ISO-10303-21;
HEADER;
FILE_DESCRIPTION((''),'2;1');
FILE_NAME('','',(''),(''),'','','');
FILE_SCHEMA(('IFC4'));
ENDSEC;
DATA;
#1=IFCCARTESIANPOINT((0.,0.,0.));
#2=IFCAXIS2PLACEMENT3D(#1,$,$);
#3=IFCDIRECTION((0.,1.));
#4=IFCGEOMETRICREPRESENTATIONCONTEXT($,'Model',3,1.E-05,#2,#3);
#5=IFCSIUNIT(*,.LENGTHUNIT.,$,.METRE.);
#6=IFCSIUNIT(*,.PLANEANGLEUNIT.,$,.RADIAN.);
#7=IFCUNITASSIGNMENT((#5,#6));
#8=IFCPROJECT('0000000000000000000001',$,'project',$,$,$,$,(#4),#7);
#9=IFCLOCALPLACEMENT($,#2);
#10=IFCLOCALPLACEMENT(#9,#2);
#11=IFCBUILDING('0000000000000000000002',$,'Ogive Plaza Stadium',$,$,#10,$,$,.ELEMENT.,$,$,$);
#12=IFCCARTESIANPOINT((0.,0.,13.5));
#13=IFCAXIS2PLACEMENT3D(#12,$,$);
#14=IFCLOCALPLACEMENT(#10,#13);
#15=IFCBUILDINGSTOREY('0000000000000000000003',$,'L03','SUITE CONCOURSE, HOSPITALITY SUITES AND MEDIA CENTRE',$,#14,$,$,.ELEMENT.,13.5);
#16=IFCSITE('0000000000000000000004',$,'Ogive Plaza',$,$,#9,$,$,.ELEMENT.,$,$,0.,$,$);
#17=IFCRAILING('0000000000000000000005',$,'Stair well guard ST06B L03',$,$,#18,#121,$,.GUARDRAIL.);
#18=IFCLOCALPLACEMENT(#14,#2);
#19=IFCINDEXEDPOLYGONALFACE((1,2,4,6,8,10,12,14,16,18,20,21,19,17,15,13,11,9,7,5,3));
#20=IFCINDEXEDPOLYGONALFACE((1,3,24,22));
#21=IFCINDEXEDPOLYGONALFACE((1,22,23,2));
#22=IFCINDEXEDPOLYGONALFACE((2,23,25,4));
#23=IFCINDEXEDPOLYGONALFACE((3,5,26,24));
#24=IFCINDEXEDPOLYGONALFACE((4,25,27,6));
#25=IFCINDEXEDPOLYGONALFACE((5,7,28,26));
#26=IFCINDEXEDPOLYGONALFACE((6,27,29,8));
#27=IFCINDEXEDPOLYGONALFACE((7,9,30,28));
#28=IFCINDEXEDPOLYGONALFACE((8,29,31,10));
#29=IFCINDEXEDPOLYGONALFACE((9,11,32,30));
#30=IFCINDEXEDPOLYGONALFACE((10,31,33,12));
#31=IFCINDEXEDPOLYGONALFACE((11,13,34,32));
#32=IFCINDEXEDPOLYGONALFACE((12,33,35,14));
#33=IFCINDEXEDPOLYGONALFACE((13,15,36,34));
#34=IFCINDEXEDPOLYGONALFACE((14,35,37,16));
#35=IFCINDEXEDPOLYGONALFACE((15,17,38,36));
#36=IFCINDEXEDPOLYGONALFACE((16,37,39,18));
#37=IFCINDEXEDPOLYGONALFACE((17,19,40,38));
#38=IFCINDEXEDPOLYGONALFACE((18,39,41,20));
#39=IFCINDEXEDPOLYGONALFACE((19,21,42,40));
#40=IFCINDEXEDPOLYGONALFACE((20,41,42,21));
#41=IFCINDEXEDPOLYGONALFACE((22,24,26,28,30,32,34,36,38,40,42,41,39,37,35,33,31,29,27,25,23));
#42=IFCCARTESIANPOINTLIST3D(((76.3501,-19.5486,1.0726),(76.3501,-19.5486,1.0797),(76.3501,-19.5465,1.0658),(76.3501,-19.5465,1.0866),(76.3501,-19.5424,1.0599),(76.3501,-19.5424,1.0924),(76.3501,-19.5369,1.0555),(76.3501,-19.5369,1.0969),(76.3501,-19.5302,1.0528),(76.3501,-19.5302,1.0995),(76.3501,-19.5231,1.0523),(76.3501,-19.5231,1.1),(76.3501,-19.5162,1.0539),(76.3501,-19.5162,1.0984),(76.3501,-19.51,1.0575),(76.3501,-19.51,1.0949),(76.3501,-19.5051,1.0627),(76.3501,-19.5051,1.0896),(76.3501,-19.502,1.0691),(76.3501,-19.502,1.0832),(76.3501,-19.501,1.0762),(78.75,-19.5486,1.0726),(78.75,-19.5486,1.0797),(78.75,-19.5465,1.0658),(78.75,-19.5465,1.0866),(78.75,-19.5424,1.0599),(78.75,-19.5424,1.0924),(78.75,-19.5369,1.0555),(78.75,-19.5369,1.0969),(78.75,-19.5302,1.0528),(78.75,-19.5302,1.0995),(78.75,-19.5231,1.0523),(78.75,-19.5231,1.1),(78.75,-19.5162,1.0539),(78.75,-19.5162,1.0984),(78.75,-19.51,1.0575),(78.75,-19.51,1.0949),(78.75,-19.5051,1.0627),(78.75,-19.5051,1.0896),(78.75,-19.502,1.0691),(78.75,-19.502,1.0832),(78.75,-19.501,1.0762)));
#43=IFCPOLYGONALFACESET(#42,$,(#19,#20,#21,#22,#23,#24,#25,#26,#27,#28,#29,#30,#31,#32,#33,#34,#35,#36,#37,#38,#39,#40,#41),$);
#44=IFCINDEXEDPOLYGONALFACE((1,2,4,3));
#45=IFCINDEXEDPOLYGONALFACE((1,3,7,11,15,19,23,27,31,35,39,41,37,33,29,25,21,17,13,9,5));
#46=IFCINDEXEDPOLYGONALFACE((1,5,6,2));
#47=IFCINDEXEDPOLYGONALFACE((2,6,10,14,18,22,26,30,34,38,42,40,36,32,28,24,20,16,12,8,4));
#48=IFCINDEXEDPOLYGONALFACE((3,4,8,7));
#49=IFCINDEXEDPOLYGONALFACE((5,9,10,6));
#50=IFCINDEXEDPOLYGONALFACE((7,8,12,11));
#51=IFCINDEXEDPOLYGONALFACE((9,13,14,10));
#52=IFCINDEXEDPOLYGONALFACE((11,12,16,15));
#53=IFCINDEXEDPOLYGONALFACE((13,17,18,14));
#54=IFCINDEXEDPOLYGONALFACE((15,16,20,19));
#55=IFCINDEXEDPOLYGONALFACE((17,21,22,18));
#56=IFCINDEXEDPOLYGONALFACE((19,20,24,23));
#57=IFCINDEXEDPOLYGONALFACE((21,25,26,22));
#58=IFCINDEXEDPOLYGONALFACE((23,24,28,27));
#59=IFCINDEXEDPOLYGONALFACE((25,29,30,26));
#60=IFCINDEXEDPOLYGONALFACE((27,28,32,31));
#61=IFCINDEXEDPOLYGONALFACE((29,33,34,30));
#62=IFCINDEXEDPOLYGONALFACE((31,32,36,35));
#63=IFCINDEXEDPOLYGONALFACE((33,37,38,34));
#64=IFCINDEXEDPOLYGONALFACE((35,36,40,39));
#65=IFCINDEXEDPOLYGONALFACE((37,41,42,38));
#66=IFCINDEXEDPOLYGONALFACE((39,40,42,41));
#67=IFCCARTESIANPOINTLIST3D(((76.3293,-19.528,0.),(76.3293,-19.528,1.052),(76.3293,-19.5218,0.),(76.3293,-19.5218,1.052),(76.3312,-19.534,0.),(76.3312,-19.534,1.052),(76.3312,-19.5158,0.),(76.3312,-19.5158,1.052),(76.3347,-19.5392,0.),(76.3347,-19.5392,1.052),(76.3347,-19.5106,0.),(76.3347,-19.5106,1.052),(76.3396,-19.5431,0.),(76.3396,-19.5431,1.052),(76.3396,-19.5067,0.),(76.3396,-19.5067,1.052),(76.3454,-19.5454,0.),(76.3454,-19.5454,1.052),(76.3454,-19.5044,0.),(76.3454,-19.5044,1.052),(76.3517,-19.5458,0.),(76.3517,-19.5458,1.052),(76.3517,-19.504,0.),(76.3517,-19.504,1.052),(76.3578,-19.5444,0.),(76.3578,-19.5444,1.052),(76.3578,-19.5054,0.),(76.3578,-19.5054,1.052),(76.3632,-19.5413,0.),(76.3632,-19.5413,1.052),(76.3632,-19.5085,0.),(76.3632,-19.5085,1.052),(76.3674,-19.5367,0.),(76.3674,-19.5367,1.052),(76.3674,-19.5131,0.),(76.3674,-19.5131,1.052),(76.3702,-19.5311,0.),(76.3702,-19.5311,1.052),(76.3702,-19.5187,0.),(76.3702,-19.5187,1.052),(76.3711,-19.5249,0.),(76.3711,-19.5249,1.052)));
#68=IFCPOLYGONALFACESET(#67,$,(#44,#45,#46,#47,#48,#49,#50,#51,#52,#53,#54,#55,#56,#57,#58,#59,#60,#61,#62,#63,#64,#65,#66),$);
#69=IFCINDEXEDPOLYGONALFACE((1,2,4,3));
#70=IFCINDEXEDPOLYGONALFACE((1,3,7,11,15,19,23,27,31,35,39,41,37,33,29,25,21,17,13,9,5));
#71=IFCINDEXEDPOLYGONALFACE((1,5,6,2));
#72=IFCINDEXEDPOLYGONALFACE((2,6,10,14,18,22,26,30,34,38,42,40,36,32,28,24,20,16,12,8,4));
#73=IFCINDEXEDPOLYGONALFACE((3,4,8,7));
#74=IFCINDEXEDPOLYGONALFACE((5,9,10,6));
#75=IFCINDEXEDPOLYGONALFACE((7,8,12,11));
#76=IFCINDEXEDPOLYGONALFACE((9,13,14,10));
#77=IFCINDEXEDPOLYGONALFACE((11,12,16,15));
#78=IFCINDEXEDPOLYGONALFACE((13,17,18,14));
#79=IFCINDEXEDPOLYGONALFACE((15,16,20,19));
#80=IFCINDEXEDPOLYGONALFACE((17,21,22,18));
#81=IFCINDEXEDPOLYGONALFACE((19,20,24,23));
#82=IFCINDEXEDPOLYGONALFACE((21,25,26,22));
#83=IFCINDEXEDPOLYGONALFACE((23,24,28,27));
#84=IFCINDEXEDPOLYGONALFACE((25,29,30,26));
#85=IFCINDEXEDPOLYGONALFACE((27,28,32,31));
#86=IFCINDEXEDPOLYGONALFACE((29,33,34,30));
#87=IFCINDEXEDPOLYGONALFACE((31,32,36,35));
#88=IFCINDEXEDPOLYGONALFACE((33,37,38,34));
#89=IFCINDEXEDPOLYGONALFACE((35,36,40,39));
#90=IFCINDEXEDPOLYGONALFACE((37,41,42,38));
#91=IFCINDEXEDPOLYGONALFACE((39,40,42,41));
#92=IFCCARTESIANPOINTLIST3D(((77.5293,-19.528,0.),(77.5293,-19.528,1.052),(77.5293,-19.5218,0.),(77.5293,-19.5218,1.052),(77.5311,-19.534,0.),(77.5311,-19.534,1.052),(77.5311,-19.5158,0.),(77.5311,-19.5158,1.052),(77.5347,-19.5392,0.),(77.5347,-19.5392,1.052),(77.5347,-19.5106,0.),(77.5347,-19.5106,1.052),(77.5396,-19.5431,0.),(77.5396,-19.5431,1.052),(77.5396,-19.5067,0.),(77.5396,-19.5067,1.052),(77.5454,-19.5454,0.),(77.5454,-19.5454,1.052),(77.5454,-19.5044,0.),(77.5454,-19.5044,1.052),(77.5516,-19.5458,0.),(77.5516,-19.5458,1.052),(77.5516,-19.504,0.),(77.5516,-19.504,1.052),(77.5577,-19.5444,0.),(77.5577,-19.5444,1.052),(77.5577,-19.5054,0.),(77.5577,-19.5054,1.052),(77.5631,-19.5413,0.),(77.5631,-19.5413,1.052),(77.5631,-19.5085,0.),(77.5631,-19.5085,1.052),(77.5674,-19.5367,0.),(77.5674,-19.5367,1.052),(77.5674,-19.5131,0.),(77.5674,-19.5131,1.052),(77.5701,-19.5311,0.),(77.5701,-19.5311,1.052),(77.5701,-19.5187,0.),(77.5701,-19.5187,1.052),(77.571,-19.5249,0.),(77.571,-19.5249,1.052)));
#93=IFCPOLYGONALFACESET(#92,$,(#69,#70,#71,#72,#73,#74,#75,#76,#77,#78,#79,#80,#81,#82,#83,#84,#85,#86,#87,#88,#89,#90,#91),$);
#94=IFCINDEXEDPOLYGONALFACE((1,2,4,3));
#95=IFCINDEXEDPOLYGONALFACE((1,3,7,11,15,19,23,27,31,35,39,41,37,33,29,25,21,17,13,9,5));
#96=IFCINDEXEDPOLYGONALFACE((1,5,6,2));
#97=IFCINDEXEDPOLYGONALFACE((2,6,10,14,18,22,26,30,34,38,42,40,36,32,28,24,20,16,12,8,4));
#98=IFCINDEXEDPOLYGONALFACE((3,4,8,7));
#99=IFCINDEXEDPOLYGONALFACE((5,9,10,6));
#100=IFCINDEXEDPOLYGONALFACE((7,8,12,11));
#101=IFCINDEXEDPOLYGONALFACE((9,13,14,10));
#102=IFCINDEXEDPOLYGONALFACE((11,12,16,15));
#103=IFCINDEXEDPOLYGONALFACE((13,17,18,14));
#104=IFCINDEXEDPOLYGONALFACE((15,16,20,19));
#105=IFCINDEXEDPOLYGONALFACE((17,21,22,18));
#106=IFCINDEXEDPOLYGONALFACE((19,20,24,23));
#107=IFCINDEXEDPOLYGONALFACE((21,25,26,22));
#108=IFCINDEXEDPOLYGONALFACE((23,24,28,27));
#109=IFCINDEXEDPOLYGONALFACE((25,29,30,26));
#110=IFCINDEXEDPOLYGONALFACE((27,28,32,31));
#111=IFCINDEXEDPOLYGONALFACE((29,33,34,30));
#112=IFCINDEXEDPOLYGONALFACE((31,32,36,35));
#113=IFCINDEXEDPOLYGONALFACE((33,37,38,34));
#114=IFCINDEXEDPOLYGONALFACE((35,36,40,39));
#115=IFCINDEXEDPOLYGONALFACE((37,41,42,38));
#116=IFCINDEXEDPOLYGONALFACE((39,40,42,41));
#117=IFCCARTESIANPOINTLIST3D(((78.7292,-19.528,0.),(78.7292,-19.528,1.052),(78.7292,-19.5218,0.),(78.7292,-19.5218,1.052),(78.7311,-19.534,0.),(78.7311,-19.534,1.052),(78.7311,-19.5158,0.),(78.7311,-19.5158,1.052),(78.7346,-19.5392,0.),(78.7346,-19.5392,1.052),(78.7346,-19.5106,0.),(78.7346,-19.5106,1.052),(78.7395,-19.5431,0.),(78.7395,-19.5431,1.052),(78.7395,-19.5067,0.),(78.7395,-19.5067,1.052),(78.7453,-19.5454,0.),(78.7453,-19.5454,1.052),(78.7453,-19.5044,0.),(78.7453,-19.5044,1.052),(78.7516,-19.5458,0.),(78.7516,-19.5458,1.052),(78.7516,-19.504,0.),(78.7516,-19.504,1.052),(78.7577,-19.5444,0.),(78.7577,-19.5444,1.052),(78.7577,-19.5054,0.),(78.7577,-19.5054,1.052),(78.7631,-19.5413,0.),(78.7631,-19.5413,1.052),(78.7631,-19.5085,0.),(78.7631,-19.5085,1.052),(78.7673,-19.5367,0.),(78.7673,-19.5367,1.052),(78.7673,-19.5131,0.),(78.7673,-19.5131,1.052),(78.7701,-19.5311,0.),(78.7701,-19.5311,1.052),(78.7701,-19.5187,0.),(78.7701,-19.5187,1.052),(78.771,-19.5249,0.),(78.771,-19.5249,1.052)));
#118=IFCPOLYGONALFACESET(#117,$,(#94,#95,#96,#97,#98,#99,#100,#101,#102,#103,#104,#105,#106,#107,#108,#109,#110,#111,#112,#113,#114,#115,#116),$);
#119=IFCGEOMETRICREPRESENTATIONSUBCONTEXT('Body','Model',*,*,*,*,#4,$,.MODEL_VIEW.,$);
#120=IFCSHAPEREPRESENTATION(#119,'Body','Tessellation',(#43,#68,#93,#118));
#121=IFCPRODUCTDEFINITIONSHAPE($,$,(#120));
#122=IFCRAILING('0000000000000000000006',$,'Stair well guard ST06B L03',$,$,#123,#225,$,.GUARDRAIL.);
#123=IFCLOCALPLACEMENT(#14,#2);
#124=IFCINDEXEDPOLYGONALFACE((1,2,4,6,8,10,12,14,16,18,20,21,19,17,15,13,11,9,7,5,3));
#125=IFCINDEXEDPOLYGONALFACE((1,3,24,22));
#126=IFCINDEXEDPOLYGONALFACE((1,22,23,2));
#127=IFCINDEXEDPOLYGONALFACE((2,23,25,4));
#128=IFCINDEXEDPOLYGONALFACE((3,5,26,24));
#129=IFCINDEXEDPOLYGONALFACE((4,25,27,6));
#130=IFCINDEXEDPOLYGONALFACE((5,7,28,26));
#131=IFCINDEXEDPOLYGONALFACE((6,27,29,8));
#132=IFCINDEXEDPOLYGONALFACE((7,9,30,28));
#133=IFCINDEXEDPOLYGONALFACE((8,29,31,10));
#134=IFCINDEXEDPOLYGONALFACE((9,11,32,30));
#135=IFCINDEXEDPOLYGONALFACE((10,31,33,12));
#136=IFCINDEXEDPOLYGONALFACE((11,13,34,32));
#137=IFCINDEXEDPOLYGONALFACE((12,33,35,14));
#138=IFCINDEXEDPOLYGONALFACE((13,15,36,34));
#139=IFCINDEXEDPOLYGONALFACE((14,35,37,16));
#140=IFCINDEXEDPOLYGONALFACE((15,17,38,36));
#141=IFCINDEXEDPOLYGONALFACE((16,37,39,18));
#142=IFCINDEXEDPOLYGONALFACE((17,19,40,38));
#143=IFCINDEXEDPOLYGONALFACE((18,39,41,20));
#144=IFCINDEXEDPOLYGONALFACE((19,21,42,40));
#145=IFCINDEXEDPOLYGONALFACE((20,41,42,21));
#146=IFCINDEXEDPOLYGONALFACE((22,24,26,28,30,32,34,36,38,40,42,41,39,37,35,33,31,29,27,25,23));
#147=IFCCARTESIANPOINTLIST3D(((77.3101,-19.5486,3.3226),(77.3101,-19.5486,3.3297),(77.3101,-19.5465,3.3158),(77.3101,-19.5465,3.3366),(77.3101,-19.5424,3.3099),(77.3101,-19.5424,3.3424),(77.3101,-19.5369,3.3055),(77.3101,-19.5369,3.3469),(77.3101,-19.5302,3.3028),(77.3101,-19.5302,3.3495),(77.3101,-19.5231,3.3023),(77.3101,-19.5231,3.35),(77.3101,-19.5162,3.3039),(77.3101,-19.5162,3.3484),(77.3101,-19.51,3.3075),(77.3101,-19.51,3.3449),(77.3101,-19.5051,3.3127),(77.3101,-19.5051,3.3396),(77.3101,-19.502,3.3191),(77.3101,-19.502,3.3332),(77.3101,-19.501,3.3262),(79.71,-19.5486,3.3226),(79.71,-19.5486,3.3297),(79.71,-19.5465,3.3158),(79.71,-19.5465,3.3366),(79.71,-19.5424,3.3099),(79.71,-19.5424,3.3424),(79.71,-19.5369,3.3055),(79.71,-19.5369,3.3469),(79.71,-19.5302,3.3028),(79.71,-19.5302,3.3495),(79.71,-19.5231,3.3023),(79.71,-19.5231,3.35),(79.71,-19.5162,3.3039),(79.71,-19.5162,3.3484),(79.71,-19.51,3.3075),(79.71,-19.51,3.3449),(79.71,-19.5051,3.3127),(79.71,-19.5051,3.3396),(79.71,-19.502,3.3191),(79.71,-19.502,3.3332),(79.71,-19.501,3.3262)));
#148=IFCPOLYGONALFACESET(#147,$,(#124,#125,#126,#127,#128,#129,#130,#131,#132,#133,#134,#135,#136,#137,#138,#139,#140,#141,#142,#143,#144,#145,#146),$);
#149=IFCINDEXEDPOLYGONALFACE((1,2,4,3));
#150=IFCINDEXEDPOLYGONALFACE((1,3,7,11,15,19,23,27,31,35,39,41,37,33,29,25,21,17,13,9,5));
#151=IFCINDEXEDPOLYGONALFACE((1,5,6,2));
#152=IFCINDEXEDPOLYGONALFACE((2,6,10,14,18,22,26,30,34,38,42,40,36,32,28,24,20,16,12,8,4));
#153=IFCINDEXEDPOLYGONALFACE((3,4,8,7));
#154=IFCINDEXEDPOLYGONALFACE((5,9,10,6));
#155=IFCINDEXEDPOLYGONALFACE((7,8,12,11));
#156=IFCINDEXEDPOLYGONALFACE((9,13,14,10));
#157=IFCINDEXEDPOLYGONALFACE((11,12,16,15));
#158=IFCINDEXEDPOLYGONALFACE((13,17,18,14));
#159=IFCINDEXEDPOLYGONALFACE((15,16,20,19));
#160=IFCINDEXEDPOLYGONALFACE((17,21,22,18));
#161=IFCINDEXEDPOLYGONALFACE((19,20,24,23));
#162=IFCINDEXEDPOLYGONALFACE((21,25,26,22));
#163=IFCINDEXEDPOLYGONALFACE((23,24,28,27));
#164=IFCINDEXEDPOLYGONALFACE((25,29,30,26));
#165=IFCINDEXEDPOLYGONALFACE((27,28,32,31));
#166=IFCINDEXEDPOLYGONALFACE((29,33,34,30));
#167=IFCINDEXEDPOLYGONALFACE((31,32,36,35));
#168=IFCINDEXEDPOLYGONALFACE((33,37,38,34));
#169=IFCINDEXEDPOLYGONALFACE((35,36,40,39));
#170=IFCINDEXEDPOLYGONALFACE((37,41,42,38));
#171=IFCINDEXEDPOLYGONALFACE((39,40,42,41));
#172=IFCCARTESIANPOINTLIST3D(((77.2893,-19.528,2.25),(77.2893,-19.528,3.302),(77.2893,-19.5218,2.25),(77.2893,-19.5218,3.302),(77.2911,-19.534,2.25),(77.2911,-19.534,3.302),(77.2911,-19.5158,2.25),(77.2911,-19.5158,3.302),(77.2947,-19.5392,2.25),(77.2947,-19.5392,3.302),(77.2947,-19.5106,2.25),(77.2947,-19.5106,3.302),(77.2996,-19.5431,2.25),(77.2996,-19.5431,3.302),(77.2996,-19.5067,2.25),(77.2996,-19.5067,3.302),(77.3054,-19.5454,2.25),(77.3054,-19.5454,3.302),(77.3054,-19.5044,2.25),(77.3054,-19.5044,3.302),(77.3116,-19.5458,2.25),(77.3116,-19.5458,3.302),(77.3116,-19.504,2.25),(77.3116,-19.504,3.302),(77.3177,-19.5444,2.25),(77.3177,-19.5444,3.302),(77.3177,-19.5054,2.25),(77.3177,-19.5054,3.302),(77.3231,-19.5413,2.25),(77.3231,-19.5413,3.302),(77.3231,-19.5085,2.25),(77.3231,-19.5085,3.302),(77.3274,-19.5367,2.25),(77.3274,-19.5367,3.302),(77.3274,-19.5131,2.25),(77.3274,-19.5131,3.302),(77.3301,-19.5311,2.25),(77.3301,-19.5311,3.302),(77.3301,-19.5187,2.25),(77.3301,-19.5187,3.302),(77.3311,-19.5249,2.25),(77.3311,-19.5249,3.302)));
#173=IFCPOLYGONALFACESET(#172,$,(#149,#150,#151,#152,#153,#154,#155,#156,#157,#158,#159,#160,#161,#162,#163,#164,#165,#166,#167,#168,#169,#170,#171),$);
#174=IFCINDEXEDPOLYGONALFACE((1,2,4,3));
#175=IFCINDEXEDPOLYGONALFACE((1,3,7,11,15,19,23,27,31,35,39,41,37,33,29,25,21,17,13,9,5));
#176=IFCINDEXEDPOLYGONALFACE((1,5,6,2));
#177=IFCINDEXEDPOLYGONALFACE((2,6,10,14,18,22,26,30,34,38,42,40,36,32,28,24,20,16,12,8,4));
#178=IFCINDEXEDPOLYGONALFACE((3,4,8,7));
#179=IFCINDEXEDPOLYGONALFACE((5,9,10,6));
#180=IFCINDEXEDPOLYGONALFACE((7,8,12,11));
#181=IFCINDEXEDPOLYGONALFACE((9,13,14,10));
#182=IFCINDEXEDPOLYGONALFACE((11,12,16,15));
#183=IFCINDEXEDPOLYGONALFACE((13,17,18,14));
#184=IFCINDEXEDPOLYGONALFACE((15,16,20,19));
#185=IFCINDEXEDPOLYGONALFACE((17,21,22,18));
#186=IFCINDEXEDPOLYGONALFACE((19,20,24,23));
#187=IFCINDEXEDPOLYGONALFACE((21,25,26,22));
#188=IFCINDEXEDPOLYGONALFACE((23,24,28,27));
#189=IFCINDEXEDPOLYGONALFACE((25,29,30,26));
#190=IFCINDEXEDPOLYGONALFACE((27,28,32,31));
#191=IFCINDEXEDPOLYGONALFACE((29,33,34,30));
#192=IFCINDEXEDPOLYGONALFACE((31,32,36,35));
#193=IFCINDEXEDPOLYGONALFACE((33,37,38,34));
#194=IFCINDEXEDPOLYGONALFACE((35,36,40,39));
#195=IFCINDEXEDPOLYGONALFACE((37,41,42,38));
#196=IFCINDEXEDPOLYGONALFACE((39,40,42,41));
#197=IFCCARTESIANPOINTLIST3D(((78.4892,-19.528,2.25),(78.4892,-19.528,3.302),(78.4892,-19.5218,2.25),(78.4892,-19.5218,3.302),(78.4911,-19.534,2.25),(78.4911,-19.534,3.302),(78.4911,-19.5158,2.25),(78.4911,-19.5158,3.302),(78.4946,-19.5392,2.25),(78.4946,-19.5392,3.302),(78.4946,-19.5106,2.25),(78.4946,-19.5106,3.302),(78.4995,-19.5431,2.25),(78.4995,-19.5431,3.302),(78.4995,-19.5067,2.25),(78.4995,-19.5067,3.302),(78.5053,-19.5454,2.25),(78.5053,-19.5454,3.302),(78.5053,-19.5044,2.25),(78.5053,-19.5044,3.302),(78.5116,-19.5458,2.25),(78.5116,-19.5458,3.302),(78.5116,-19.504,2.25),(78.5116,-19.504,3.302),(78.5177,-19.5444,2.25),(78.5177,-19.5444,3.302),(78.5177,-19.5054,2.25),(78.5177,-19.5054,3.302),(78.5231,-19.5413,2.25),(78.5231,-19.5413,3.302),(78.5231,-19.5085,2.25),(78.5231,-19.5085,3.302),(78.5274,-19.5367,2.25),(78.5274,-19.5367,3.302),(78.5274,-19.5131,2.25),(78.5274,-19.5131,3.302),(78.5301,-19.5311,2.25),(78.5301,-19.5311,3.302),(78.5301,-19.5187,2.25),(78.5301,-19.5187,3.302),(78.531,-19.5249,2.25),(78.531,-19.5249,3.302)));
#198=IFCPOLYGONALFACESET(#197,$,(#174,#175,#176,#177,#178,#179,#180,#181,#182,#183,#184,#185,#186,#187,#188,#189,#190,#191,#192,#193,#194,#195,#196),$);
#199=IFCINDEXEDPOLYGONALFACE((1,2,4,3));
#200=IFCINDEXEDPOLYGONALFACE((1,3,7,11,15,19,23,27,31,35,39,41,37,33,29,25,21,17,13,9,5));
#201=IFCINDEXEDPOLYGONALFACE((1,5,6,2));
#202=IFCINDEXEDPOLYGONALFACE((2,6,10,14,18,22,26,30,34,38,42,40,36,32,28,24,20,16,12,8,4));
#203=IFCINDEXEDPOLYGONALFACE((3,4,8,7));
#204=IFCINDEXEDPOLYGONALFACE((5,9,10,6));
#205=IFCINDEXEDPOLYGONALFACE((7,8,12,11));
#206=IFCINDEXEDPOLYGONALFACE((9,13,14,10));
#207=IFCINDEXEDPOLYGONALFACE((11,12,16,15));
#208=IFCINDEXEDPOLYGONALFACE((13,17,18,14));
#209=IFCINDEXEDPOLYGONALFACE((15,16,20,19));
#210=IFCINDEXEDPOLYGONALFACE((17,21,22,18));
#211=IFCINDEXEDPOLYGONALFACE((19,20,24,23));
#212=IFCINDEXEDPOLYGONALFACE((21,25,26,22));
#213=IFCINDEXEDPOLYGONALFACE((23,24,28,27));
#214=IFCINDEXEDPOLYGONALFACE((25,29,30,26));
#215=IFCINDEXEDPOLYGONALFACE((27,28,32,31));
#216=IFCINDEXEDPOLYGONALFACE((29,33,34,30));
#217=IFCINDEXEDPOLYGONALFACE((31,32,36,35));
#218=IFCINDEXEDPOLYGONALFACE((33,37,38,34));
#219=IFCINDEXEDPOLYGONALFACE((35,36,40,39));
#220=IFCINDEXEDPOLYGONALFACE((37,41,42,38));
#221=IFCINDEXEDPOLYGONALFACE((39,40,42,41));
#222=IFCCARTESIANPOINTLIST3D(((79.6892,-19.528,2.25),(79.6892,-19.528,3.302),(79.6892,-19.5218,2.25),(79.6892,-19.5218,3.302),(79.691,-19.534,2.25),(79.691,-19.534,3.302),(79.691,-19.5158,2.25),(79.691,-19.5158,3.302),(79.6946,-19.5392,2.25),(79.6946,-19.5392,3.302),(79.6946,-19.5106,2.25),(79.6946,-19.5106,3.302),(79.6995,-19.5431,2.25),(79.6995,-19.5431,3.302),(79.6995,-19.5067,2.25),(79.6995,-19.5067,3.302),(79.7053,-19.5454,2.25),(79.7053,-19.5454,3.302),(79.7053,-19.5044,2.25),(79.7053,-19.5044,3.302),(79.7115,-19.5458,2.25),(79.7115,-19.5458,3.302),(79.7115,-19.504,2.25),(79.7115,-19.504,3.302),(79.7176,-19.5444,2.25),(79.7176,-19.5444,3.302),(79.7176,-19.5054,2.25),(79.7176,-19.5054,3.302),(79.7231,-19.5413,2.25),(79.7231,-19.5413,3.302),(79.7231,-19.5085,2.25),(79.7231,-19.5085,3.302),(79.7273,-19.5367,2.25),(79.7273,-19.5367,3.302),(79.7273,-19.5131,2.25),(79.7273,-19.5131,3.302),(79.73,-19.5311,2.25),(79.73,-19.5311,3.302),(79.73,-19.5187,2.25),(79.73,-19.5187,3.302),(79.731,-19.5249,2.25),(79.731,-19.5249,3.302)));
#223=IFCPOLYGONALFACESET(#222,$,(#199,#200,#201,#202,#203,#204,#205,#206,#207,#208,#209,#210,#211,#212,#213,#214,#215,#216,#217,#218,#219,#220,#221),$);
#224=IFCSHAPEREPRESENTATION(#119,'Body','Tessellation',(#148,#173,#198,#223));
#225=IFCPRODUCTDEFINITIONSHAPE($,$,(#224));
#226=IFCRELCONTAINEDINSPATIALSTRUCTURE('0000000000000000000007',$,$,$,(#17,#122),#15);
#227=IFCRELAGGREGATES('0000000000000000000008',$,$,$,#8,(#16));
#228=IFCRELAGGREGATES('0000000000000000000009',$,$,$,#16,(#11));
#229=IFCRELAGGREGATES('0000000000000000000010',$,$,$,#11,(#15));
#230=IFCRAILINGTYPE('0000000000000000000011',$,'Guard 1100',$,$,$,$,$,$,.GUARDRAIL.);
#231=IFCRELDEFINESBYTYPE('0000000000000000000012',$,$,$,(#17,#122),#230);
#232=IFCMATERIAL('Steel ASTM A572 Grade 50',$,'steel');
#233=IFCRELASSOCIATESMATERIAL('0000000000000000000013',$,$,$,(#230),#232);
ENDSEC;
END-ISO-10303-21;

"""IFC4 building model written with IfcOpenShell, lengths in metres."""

from ifc_helpers import new_model, si_unit, direction, frame, origin, origin_2d, place, context, subcontext, project, spatial, circle, extrude, material, type_object, element, save


model = new_model("IFC4")

# Units and contexts
model_context = context("Model", 3, precision=1e-05, world=origin(), true_north=direction((0.0, 1.0)))
body_context = subcontext(model_context, "Body", "Model", "MODEL_VIEW")
ifc_project = project(units=[si_unit("LENGTHUNIT", "METRE"), si_unit("PLANEANGLEUNIT", "RADIAN")], contexts=[model_context])

# Site, building, storey
site_placement = place(None, origin())
site = spatial("IfcSite", under=ifc_project, at=site_placement, Name="Ogive Plaza", CompositionType="ELEMENT", RefElevation=0.0)
building_placement = place(site_placement, origin())
building = spatial("IfcBuilding", under=site, at=building_placement, Name="Ogive Plaza Stadium", CompositionType="ELEMENT")
storey_placement = place(building_placement, frame((0.0, 0.0, 13.5)))
storey = spatial("IfcBuildingStorey", under=building, at=storey_placement, Name="L03", Description="SUITE CONCOURSE, HOSPITALITY SUITES AND MEDIA CENTRE", CompositionType="ELEMENT", Elevation=13.5)

# Railings
ifc_material_1 = material(Name="Steel ASTM A572 Grade 50", Category="steel")
railing_type_1 = type_object("IfcRailingType", Name="Guard 1100", PredefinedType="GUARDRAIL", material=ifc_material_1)
for number, where, name in (
    (1, (76.3501, -19.5249, 0.0), "Stair well guard ST06B L03"),
    (2, (77.3101, -19.5249, 2.25), "Stair well guard ST06B L03"),
):
    element("IfcRailing", number, at=place(storey_placement, frame(where)), inside=storey, type_object=railing_type_1, Name=name, PredefinedType="GUARDRAIL", context=body_context, shape_type="SweptSolid", body=[
        extrude(circle(Radius=0.0239, at=origin_2d()), frame((0.0, 0.0, 1.0762), z_axis=(1.0, 0.0, 0.0), x_axis=(0.0, 1.0, 0.0)), (0.0, 0.0, 1.0), 2.3999),
        extrude(circle(Radius=0.021, at=origin_2d()), origin(), (0.0, 0.0, 1.0), 1.052),
        extrude(circle(Radius=0.021, at=origin_2d()), frame((1.2, 0.0, 0.0)), (0.0, 0.0, 1.0), 1.052),
        extrude(circle(Radius=0.021, at=origin_2d()), frame((2.3999, 0.0, 0.0)), (0.0, 0.0, 1.0), 1.052),
    ])

save(model, "model.ifc")
